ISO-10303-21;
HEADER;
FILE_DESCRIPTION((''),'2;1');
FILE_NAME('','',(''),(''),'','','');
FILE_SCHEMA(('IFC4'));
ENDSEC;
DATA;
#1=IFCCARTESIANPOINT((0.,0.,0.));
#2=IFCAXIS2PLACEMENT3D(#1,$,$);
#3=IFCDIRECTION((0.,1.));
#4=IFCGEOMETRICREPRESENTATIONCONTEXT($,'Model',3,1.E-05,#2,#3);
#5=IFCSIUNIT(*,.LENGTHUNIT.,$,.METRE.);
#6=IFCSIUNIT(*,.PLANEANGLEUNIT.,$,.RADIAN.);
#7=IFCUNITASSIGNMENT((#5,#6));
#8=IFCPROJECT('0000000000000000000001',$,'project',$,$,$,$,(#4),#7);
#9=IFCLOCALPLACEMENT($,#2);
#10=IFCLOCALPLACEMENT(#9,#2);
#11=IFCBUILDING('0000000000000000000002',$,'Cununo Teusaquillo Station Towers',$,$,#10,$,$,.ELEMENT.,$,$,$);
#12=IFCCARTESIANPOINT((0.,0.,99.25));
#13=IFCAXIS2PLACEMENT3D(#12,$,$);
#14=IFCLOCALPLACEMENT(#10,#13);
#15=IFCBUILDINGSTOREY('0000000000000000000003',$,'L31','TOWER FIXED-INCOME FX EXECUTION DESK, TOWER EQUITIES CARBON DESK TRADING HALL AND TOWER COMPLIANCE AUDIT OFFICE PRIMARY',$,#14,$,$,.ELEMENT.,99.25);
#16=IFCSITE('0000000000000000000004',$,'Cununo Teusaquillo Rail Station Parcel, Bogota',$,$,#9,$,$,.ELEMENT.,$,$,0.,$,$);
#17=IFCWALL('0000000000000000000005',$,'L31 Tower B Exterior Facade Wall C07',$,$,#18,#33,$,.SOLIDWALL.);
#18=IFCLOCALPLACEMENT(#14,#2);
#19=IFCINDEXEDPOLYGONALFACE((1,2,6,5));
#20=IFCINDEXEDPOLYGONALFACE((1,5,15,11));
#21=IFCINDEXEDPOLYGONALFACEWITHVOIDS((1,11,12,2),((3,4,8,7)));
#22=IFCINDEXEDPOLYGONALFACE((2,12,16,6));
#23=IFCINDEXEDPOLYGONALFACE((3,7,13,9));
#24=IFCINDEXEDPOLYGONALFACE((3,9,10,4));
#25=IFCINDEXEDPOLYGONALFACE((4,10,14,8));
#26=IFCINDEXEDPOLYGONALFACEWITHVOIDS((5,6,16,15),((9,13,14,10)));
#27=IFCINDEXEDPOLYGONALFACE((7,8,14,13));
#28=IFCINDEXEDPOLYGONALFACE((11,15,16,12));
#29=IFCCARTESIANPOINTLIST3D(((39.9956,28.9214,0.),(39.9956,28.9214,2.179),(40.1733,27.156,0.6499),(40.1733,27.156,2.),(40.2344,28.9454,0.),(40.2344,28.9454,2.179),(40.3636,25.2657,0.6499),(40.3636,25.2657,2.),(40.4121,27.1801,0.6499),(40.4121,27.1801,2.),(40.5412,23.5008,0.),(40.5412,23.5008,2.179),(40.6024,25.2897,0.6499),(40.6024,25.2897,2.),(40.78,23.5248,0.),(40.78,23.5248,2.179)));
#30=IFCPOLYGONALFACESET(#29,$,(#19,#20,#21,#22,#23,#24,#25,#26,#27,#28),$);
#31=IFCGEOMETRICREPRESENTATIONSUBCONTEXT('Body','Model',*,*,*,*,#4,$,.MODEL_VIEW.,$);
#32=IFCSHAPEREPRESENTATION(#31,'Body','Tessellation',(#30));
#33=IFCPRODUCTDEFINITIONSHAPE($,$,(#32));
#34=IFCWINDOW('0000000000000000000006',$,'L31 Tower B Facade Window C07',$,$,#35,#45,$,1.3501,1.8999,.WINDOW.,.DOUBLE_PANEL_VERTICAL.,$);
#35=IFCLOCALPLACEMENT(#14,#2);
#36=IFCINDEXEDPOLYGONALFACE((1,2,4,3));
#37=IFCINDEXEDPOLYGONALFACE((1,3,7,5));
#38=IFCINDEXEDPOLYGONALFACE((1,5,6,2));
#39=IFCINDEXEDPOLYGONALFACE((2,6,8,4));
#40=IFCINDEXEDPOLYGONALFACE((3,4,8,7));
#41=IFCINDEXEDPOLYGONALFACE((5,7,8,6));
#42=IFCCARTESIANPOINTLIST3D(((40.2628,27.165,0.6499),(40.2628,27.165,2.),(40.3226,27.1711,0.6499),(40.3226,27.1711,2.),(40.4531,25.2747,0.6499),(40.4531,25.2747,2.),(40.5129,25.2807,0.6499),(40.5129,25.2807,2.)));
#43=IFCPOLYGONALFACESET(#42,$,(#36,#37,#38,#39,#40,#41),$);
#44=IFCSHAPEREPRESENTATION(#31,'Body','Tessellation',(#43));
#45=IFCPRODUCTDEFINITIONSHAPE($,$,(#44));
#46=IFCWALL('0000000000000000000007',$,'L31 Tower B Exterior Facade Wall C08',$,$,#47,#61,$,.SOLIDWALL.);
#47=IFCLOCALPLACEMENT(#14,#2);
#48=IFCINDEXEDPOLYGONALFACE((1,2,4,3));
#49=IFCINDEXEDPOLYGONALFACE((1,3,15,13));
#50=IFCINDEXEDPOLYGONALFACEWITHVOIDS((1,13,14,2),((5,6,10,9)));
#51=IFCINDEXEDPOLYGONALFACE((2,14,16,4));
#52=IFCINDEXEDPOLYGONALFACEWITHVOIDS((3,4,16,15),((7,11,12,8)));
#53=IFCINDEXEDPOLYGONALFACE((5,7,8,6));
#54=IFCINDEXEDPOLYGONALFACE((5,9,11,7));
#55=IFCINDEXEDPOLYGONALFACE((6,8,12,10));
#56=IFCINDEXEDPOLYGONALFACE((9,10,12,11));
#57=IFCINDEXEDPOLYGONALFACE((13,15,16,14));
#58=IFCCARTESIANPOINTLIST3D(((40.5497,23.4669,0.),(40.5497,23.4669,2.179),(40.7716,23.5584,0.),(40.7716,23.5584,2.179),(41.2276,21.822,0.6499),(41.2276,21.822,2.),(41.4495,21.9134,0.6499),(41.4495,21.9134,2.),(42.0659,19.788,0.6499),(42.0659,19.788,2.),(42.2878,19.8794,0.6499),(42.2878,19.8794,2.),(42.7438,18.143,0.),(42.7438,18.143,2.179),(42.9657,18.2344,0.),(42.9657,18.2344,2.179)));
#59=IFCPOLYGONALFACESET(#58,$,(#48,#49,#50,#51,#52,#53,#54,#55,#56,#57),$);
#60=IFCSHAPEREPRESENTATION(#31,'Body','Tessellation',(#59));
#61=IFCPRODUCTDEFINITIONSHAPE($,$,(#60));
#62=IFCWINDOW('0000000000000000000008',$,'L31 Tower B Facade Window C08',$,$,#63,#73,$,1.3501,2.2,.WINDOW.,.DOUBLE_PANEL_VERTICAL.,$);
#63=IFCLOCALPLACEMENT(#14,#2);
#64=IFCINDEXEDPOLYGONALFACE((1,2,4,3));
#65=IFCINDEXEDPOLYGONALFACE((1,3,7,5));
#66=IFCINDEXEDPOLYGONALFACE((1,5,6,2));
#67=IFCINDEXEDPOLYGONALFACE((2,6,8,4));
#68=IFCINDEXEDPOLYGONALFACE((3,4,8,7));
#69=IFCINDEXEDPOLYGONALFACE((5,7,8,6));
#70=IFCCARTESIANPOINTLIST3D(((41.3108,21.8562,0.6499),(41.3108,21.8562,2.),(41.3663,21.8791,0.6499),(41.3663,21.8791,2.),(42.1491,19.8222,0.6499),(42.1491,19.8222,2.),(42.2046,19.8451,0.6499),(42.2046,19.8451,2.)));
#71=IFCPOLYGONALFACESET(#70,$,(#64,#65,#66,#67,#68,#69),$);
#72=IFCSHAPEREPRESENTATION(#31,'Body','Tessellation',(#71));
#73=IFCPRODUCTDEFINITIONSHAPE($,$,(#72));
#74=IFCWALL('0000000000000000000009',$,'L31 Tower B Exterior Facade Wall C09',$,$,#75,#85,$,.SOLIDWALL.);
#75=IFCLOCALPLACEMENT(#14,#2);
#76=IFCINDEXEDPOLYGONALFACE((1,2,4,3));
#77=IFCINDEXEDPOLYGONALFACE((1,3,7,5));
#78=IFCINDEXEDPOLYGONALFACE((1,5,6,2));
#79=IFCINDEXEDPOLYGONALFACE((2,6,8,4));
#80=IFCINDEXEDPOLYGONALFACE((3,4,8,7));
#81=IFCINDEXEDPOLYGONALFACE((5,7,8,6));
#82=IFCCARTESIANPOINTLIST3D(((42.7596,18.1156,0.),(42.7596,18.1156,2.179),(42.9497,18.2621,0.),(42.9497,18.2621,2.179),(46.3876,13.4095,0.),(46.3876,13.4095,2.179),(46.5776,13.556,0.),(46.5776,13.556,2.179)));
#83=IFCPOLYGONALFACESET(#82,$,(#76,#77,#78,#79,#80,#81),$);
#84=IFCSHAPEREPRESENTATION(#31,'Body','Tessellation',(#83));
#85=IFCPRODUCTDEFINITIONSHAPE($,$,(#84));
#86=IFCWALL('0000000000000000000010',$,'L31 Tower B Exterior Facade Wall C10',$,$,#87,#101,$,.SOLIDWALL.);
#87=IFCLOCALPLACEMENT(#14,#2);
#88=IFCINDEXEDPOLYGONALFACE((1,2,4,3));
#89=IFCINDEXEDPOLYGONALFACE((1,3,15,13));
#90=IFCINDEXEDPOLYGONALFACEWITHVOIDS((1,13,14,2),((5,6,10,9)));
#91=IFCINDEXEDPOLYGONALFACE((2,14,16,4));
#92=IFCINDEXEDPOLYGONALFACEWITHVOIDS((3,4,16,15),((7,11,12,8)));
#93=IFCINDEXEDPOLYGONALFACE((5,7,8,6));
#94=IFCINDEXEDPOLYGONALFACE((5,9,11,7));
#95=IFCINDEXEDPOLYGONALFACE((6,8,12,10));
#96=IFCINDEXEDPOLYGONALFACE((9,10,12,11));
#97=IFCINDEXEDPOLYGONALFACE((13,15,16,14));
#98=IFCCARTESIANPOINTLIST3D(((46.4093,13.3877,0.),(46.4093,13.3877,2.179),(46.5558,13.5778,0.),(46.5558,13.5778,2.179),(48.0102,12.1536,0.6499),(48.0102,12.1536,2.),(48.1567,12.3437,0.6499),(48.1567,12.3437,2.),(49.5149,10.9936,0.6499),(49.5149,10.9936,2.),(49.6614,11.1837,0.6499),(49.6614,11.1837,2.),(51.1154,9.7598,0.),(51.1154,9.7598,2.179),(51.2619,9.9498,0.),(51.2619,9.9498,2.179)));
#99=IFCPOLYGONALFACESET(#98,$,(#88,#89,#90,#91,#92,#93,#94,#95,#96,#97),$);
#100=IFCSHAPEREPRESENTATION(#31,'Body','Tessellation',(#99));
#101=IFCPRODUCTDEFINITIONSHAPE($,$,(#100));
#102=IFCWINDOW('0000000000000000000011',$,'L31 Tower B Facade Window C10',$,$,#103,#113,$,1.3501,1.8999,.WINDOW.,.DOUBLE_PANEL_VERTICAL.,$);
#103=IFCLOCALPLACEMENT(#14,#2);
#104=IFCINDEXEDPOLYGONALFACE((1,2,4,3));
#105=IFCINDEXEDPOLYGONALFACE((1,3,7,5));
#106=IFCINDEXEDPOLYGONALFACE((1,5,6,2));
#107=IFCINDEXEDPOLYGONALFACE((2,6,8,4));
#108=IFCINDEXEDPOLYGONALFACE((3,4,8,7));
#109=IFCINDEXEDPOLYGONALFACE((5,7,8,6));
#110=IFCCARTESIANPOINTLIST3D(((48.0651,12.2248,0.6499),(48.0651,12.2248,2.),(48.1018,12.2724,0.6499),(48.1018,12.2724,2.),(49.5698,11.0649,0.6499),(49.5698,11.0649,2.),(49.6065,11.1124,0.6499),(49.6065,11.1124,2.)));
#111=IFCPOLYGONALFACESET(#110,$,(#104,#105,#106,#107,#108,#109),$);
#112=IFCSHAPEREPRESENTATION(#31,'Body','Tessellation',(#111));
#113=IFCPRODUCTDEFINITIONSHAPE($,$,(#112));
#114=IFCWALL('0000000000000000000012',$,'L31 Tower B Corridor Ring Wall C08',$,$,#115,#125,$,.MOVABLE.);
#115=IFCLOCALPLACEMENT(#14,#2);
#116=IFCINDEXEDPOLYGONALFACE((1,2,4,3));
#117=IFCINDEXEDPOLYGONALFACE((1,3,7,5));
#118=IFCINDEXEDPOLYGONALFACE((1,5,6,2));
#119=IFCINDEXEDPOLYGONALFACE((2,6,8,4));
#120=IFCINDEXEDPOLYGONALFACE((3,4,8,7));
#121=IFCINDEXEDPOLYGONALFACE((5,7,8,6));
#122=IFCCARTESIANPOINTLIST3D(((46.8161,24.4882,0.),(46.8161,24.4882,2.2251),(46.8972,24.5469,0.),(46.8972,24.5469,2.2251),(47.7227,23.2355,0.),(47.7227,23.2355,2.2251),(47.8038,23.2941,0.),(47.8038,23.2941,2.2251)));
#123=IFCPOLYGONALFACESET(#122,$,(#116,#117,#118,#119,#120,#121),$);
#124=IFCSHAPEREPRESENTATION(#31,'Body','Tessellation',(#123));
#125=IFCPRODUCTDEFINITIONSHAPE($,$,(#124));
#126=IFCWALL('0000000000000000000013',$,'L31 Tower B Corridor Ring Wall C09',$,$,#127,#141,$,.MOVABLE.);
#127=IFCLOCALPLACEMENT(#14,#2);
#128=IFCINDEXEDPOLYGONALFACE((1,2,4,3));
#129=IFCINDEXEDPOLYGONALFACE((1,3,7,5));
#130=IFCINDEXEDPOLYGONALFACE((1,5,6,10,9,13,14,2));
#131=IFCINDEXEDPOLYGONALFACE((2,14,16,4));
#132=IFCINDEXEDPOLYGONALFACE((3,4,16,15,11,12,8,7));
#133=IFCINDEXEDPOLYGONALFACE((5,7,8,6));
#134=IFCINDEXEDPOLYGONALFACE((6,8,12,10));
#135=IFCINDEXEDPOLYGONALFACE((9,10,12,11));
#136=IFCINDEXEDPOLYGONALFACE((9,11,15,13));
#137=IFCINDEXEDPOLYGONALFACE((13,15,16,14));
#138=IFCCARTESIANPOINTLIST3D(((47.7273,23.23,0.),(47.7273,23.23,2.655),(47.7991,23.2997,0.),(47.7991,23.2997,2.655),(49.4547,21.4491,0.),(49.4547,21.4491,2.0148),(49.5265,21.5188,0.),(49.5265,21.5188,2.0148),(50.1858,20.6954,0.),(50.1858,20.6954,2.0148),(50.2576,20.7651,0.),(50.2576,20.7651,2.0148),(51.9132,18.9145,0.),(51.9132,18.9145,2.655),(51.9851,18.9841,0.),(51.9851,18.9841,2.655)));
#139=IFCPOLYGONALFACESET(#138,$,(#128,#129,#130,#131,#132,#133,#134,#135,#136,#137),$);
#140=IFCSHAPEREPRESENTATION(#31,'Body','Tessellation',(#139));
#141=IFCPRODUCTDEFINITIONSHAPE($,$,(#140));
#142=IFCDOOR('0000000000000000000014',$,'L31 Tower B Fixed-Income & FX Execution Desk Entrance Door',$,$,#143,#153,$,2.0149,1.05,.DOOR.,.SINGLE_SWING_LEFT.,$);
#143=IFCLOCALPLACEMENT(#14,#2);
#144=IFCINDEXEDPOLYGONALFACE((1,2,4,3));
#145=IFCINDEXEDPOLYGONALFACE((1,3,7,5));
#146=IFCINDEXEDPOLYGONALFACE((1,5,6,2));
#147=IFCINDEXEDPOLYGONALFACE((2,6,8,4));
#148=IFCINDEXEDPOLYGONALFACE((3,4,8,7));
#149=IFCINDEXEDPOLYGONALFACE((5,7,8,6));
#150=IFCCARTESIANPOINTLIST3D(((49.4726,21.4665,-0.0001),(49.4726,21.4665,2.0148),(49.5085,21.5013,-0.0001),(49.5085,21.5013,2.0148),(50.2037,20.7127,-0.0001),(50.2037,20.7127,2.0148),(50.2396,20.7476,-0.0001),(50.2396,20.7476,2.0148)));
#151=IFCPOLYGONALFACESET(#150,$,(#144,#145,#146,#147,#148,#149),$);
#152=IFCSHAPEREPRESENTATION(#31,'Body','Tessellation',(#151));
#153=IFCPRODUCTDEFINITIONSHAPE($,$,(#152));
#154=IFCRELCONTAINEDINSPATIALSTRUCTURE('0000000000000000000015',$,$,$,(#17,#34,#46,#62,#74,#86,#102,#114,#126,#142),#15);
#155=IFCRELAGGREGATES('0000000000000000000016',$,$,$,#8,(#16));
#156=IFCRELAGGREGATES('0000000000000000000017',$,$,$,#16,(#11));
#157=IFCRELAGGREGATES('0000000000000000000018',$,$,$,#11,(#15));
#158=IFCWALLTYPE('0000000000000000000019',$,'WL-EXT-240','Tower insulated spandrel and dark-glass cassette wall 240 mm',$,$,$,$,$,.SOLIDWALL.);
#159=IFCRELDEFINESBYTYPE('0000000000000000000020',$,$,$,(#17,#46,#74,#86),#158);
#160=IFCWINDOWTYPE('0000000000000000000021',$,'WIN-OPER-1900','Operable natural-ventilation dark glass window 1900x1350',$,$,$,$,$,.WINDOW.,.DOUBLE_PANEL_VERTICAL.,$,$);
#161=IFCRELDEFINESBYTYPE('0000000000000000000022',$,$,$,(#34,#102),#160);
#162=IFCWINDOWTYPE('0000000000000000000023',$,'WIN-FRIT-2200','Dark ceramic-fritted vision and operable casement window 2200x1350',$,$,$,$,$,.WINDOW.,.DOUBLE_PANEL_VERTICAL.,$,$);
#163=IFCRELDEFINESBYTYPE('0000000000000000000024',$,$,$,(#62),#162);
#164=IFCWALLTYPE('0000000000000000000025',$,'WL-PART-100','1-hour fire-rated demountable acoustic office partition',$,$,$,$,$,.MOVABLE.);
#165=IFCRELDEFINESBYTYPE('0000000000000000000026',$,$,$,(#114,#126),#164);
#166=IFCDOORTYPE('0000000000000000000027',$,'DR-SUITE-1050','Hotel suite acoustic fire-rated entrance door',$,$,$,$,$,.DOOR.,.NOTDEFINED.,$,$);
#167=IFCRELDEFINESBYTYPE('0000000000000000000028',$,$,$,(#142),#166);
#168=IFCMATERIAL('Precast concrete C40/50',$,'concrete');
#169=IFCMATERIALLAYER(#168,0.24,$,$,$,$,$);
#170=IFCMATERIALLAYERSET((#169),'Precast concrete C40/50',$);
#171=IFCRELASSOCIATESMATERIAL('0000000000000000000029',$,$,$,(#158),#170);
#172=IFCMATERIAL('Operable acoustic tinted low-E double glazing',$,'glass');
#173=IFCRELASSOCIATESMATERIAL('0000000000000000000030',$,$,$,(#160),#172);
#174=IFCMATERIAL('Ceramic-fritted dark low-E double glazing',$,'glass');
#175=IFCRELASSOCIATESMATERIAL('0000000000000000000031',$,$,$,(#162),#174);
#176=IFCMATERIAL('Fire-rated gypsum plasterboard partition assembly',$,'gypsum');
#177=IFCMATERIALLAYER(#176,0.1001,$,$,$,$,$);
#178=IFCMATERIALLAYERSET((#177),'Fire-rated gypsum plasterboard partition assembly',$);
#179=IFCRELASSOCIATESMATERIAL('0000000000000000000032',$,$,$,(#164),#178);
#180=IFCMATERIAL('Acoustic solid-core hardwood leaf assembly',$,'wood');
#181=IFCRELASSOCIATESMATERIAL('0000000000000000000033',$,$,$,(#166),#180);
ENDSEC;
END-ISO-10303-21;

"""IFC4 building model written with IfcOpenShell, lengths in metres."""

from ifc_helpers import new_model, si_unit, direction, frame, frame_2d, origin, place, context, subcontext, project, spatial, rectangle, extrude, source, transform, mapped, material, layer, layer_set, type_object, element, fill, save


model = new_model("IFC4")

# Units and contexts
model_context = context("Model", 3, precision=1e-05, world=origin(), true_north=direction((0.0, 1.0)))
body_context = subcontext(model_context, "Body", "Model", "MODEL_VIEW")
ifc_project = project(units=[si_unit("LENGTHUNIT", "METRE"), si_unit("PLANEANGLEUNIT", "RADIAN")], contexts=[model_context])

# Site, building, storey
site_placement = place(None, origin())
site = spatial("IfcSite", under=ifc_project, at=site_placement, Name="Cununo Teusaquillo Rail Station Parcel, Bogota", CompositionType="ELEMENT", RefElevation=0.0)
building_placement = place(site_placement, origin())
building = spatial("IfcBuilding", under=site, at=building_placement, Name="Cununo Teusaquillo Station Towers", CompositionType="ELEMENT")
storey_placement = place(building_placement, frame((0.0, 0.0, 99.25)))
storey = spatial("IfcBuildingStorey", under=building, at=storey_placement, Name="L31", Description="TOWER FIXED-INCOME FX EXECUTION DESK, TOWER EQUITIES CARBON DESK TRADING HALL AND TOWER COMPLIANCE AUDIT OFFICE PRIMARY", CompositionType="ELEMENT", Elevation=99.25)

# Shared definitions
ifc_material_1 = material(Name="Precast concrete C40/50", Category="concrete")
ifc_layer_1 = layer(ifc_material_1, 0.24)
ifc_layer_set_1 = layer_set([ifc_layer_1], Name="Precast concrete C40/50")
wall_type_1 = type_object("IfcWallType", Name="WL-EXT-240", Description="Tower insulated spandrel and dark-glass cassette wall 240 mm", PredefinedType="SOLIDWALL", material=ifc_layer_set_1)

# Walls, openings, windows
shared_shape_1 = source(origin(), body_context, "Body", "SweptSolid", [
    extrude(rectangle(XDim=1.8999, YDim=1.3501, at=frame_2d((0.95, 0.675))), frame((0.0, 0.1299, 0.0), z_axis=(0.0, -1.0, 0.0), x_axis=(1.0, 0.0, 0.0)), (0.0, 0.0, 1.0), 0.26),
])
ifc_material_2 = material(Name="Operable acoustic tinted low-E double glazing", Category="glass")
window_type_1 = type_object("IfcWindowType", Name="WIN-OPER-1900", Description="Operable natural-ventilation dark glass window 1900x1350", PartitioningType="DOUBLE_PANEL_VERTICAL", PredefinedType="WINDOW", material=ifc_material_2)
shared_shape_2 = source(origin(), body_context, "Body", "SweptSolid", [
    extrude(rectangle(XDim=1.8999, YDim=1.3501, at=frame_2d((0.95, 0.675))), frame((0.0, 0.03, 0.0), z_axis=(0.0, -1.0, 0.0), x_axis=(1.0, 0.0, 0.0)), (0.0, 0.0, 1.0), 0.0601),
])
wall_1_placement = place(storey_placement, frame((40.6606, 23.5127, 0.0), z_axis=(0.0, 0.0, 1.0), x_axis=(-0.100156, 0.994972, 0.0)))
wall_1 = element("IfcWall", 1, at=wall_1_placement, inside=storey, type_object=wall_type_1, Name="L31 Tower B Exterior Facade Wall C07", PredefinedType="SOLIDWALL", context=body_context, shape_type="SweptSolid", body=[
    extrude(rectangle(XDim=5.448, YDim=0.24, at=frame_2d((2.7241, 0.0))), origin(), (0.0, 0.0, 1.0), 2.179),
])
opening_1_placement = place(wall_1_placement, frame((1.7739, 0.0, 0.6499)))
opening_1 = element("IfcOpeningElement", 2, at=opening_1_placement, cuts=wall_1, PredefinedType="OPENING", context=body_context, shape_type="MappedRepresentation", body=[
    mapped(shared_shape_1, transform((0.0, 0.0, 0.0), x_axis=(1.0, 0.0, 0.0), y_axis=(0.0, 1.0, 0.0), z_axis=(0.0, 0.0, 1.0), scale=1.0)),
])
window_1_placement = place(opening_1_placement, origin())
window_1 = element("IfcWindow", 3, at=window_1_placement, inside=storey, type_object=window_type_1, Name="L31 Tower B Facade Window C07", OverallHeight=1.3501, OverallWidth=1.8999, PartitioningType="DOUBLE_PANEL_VERTICAL", PredefinedType="WINDOW", context=body_context, shape_type="MappedRepresentation", body=[
    mapped(shared_shape_2, transform((0.0, 0.0, 0.0), x_axis=(1.0, 0.0, 0.0), y_axis=(0.0, 1.0, 0.0), z_axis=(0.0, 0.0, 1.0), scale=1.0)),
])
fill(opening_1, window_1)
wall_2_placement = place(storey_placement, frame((42.8547, 18.1887, 0.0), z_axis=(0.0, 0.0, 1.0), x_axis=(-0.381027, 0.924564, 0.0)))
wall_2 = element("IfcWall", 4, at=wall_2_placement, inside=storey, type_object=wall_type_1, Name="L31 Tower B Exterior Facade Wall C08", PredefinedType="SOLIDWALL", context=body_context, shape_type="SweptSolid", body=[
    extrude(rectangle(XDim=5.7583, YDim=0.24, at=frame_2d((2.8792, 0.0))), origin(), (0.0, 0.0, 1.0), 2.179),
])
shared_shape_3 = source(origin(), body_context, "Body", "SweptSolid", [
    extrude(rectangle(XDim=2.2, YDim=1.3501, at=frame_2d((1.1001, 0.675))), frame((0.0, 0.1299, 0.0), z_axis=(0.0, -1.0, 0.0), x_axis=(1.0, 0.0, 0.0)), (0.0, 0.0, 1.0), 0.26),
])
opening_2_placement = place(wall_2_placement, frame((1.7791, 0.0, 0.6499)))
opening_2 = element("IfcOpeningElement", 5, at=opening_2_placement, cuts=wall_2, PredefinedType="OPENING", context=body_context, shape_type="MappedRepresentation", body=[
    mapped(shared_shape_3, transform((0.0, 0.0, 0.0), x_axis=(1.0, 0.0, 0.0), y_axis=(0.0, 1.0, 0.0), z_axis=(0.0, 0.0, 1.0), scale=1.0)),
])
ifc_material_3 = material(Name="Ceramic-fritted dark low-E double glazing", Category="glass")
window_type_2 = type_object("IfcWindowType", Name="WIN-FRIT-2200", Description="Dark ceramic-fritted vision and operable casement window 2200x1350", PartitioningType="DOUBLE_PANEL_VERTICAL", PredefinedType="WINDOW", material=ifc_material_3)
shared_shape_4 = source(origin(), body_context, "Body", "SweptSolid", [
    extrude(rectangle(XDim=2.2, YDim=1.3501, at=frame_2d((1.1001, 0.675))), frame((0.0, 0.03, 0.0), z_axis=(0.0, -1.0, 0.0), x_axis=(1.0, 0.0, 0.0)), (0.0, 0.0, 1.0), 0.0601),
])
window_2_placement = place(opening_2_placement, origin())
window_2 = element("IfcWindow", 6, at=window_2_placement, inside=storey, type_object=window_type_2, Name="L31 Tower B Facade Window C08", OverallHeight=1.3501, OverallWidth=2.2, PartitioningType="DOUBLE_PANEL_VERTICAL", PredefinedType="WINDOW", context=body_context, shape_type="MappedRepresentation", body=[
    mapped(shared_shape_4, transform((0.0, 0.0, 0.0), x_axis=(1.0, 0.0, 0.0), y_axis=(0.0, 1.0, 0.0), z_axis=(0.0, 0.0, 1.0), scale=1.0)),
])
fill(opening_2, window_2)

# Wall
wall_3_placement = place(storey_placement, frame((46.4827, 13.4827, 0.0), z_axis=(0.0, 0.0, 1.0), x_axis=(-0.610544, 0.791982, 0.0)))
element("IfcWall", 7, at=wall_3_placement, inside=storey, type_object=wall_type_1, Name="L31 Tower B Exterior Facade Wall C09", PredefinedType="SOLIDWALL", context=body_context, shape_type="SweptSolid", body=[
    extrude(rectangle(XDim=5.9421, YDim=0.24, at=frame_2d((2.9712, 0.0))), origin(), (0.0, 0.0, 1.0), 2.179),
])

# Wall, opening, window
wall_4_placement = place(storey_placement, frame((51.1887, 9.8547, 0.0), z_axis=(0.0, 0.0, 1.0), x_axis=(-0.791982, 0.610544, 0.0)))
wall_4 = element("IfcWall", 8, at=wall_4_placement, inside=storey, type_object=wall_type_1, Name="L31 Tower B Exterior Facade Wall C10", PredefinedType="SOLIDWALL", context=body_context, shape_type="SweptSolid", body=[
    extrude(rectangle(XDim=5.9421, YDim=0.24, at=frame_2d((2.9712, 0.0))), origin(), (0.0, 0.0, 1.0), 2.179),
])
opening_3_placement = place(wall_4_placement, frame((2.021, 0.0, 0.6499)))
opening_3 = element("IfcOpeningElement", 9, at=opening_3_placement, cuts=wall_4, PredefinedType="OPENING", context=body_context, shape_type="MappedRepresentation", body=[
    mapped(shared_shape_1, transform((0.0, 0.0, 0.0), x_axis=(1.0, 0.0, 0.0), y_axis=(0.0, 1.0, 0.0), z_axis=(0.0, 0.0, 1.0), scale=1.0)),
])
window_3_placement = place(opening_3_placement, origin())
window_3 = element("IfcWindow", 10, at=window_3_placement, inside=storey, type_object=window_type_1, Name="L31 Tower B Facade Window C10", OverallHeight=1.3501, OverallWidth=1.8999, PartitioningType="DOUBLE_PANEL_VERTICAL", PredefinedType="WINDOW", context=body_context, shape_type="MappedRepresentation", body=[
    mapped(shared_shape_2, transform((0.0, 0.0, 0.0), x_axis=(1.0, 0.0, 0.0), y_axis=(0.0, 1.0, 0.0), z_axis=(0.0, 0.0, 1.0), scale=1.0)),
])
fill(opening_3, window_3)

# Wall
ifc_material_4 = material(Name="Fire-rated gypsum plasterboard partition assembly", Category="gypsum")
ifc_layer_2 = layer(ifc_material_4, 0.1001)
ifc_layer_set_2 = layer_set([ifc_layer_2], Name="Fire-rated gypsum plasterboard partition assembly")
wall_type_2 = type_object("IfcWallType", Name="WL-PART-100", Description="1-hour fire-rated demountable acoustic office partition", PredefinedType="MOVABLE", material=ifc_layer_set_2)
wall_5_placement = place(storey_placement, frame((46.8567, 24.5176, 0.0), z_axis=(0.0, 0.0, 1.0), x_axis=(0.586245, -0.810133, 0.0)))
element("IfcWall", 11, at=wall_5_placement, inside=storey, type_object=wall_type_2, Name="L31 Tower B Corridor Ring Wall C08", PredefinedType="MOVABLE", context=body_context, shape_type="SweptSolid", body=[
    extrude(rectangle(XDim=1.5464, YDim=0.1001, at=frame_2d((0.7732, 0.0))), origin(), (0.0, 0.0, 1.0), 2.2251),
])

# Wall, opening, door
wall_6_placement = place(storey_placement, frame((47.7632, 23.2649, 0.0), z_axis=(0.0, 0.0, 1.0), x_axis=(0.696243, -0.717806, 0.0)))
wall_6 = element("IfcWall", 12, at=wall_6_placement, inside=storey, type_object=wall_type_2, Name="L31 Tower B Corridor Ring Wall C09", PredefinedType="MOVABLE", context=body_context, shape_type="SweptSolid", body=[
    extrude(rectangle(XDim=6.0122, YDim=0.1001, at=frame_2d((3.0061, 0.0))), origin(), (0.0, 0.0, 1.0), 2.655),
])
shared_shape_5 = source(origin(), body_context, "Body", "SweptSolid", [
    extrude(rectangle(XDim=1.05, YDim=2.0149, at=frame_2d((0.5249, 1.0073))), frame((0.0, 0.0601, 0.0), z_axis=(0.0, -1.0, 0.0), x_axis=(1.0, 0.0, 0.0)), (0.0, 0.0, 1.0), 0.1201),
])
opening_4_placement = place(wall_6_placement, frame((2.4812, 0.0, 0.0)))
opening_4 = element("IfcOpeningElement", 13, at=opening_4_placement, cuts=wall_6, PredefinedType="OPENING", context=body_context, shape_type="MappedRepresentation", body=[
    mapped(shared_shape_5, transform((0.0, 0.0, 0.0), x_axis=(1.0, 0.0, 0.0), y_axis=(0.0, 1.0, 0.0), z_axis=(0.0, 0.0, 1.0), scale=1.0)),
])
ifc_material_5 = material(Name="Acoustic solid-core hardwood leaf assembly", Category="wood")
door_type_1 = type_object("IfcDoorType", Name="DR-SUITE-1050", Description="Hotel suite acoustic fire-rated entrance door", OperationType="NOTDEFINED", PredefinedType="DOOR", material=ifc_material_5)
shared_shape_6 = source(origin(), body_context, "Body", "SweptSolid", [
    extrude(rectangle(XDim=1.05, YDim=2.0149, at=frame_2d((0.5249, 1.0073))), frame((0.0, 0.0249, 0.0), z_axis=(0.0, -1.0, 0.0), x_axis=(1.0, 0.0, 0.0)), (0.0, 0.0, 1.0), 0.05),
])
door_1_placement = place(opening_4_placement, origin())
door_1 = element("IfcDoor", 14, at=door_1_placement, inside=storey, type_object=door_type_1, Name="L31 Tower B Fixed-Income & FX Execution Desk Entrance Door", OperationType="SINGLE_SWING_LEFT", OverallHeight=2.0149, OverallWidth=1.05, PredefinedType="DOOR", context=body_context, shape_type="MappedRepresentation", body=[
    mapped(shared_shape_6, transform((0.0, 0.0, 0.0), x_axis=(1.0, 0.0, 0.0), y_axis=(0.0, 1.0, 0.0), z_axis=(0.0, 0.0, 1.0), scale=1.0)),
])
fill(opening_4, door_1)

save(model, "model.ifc")
